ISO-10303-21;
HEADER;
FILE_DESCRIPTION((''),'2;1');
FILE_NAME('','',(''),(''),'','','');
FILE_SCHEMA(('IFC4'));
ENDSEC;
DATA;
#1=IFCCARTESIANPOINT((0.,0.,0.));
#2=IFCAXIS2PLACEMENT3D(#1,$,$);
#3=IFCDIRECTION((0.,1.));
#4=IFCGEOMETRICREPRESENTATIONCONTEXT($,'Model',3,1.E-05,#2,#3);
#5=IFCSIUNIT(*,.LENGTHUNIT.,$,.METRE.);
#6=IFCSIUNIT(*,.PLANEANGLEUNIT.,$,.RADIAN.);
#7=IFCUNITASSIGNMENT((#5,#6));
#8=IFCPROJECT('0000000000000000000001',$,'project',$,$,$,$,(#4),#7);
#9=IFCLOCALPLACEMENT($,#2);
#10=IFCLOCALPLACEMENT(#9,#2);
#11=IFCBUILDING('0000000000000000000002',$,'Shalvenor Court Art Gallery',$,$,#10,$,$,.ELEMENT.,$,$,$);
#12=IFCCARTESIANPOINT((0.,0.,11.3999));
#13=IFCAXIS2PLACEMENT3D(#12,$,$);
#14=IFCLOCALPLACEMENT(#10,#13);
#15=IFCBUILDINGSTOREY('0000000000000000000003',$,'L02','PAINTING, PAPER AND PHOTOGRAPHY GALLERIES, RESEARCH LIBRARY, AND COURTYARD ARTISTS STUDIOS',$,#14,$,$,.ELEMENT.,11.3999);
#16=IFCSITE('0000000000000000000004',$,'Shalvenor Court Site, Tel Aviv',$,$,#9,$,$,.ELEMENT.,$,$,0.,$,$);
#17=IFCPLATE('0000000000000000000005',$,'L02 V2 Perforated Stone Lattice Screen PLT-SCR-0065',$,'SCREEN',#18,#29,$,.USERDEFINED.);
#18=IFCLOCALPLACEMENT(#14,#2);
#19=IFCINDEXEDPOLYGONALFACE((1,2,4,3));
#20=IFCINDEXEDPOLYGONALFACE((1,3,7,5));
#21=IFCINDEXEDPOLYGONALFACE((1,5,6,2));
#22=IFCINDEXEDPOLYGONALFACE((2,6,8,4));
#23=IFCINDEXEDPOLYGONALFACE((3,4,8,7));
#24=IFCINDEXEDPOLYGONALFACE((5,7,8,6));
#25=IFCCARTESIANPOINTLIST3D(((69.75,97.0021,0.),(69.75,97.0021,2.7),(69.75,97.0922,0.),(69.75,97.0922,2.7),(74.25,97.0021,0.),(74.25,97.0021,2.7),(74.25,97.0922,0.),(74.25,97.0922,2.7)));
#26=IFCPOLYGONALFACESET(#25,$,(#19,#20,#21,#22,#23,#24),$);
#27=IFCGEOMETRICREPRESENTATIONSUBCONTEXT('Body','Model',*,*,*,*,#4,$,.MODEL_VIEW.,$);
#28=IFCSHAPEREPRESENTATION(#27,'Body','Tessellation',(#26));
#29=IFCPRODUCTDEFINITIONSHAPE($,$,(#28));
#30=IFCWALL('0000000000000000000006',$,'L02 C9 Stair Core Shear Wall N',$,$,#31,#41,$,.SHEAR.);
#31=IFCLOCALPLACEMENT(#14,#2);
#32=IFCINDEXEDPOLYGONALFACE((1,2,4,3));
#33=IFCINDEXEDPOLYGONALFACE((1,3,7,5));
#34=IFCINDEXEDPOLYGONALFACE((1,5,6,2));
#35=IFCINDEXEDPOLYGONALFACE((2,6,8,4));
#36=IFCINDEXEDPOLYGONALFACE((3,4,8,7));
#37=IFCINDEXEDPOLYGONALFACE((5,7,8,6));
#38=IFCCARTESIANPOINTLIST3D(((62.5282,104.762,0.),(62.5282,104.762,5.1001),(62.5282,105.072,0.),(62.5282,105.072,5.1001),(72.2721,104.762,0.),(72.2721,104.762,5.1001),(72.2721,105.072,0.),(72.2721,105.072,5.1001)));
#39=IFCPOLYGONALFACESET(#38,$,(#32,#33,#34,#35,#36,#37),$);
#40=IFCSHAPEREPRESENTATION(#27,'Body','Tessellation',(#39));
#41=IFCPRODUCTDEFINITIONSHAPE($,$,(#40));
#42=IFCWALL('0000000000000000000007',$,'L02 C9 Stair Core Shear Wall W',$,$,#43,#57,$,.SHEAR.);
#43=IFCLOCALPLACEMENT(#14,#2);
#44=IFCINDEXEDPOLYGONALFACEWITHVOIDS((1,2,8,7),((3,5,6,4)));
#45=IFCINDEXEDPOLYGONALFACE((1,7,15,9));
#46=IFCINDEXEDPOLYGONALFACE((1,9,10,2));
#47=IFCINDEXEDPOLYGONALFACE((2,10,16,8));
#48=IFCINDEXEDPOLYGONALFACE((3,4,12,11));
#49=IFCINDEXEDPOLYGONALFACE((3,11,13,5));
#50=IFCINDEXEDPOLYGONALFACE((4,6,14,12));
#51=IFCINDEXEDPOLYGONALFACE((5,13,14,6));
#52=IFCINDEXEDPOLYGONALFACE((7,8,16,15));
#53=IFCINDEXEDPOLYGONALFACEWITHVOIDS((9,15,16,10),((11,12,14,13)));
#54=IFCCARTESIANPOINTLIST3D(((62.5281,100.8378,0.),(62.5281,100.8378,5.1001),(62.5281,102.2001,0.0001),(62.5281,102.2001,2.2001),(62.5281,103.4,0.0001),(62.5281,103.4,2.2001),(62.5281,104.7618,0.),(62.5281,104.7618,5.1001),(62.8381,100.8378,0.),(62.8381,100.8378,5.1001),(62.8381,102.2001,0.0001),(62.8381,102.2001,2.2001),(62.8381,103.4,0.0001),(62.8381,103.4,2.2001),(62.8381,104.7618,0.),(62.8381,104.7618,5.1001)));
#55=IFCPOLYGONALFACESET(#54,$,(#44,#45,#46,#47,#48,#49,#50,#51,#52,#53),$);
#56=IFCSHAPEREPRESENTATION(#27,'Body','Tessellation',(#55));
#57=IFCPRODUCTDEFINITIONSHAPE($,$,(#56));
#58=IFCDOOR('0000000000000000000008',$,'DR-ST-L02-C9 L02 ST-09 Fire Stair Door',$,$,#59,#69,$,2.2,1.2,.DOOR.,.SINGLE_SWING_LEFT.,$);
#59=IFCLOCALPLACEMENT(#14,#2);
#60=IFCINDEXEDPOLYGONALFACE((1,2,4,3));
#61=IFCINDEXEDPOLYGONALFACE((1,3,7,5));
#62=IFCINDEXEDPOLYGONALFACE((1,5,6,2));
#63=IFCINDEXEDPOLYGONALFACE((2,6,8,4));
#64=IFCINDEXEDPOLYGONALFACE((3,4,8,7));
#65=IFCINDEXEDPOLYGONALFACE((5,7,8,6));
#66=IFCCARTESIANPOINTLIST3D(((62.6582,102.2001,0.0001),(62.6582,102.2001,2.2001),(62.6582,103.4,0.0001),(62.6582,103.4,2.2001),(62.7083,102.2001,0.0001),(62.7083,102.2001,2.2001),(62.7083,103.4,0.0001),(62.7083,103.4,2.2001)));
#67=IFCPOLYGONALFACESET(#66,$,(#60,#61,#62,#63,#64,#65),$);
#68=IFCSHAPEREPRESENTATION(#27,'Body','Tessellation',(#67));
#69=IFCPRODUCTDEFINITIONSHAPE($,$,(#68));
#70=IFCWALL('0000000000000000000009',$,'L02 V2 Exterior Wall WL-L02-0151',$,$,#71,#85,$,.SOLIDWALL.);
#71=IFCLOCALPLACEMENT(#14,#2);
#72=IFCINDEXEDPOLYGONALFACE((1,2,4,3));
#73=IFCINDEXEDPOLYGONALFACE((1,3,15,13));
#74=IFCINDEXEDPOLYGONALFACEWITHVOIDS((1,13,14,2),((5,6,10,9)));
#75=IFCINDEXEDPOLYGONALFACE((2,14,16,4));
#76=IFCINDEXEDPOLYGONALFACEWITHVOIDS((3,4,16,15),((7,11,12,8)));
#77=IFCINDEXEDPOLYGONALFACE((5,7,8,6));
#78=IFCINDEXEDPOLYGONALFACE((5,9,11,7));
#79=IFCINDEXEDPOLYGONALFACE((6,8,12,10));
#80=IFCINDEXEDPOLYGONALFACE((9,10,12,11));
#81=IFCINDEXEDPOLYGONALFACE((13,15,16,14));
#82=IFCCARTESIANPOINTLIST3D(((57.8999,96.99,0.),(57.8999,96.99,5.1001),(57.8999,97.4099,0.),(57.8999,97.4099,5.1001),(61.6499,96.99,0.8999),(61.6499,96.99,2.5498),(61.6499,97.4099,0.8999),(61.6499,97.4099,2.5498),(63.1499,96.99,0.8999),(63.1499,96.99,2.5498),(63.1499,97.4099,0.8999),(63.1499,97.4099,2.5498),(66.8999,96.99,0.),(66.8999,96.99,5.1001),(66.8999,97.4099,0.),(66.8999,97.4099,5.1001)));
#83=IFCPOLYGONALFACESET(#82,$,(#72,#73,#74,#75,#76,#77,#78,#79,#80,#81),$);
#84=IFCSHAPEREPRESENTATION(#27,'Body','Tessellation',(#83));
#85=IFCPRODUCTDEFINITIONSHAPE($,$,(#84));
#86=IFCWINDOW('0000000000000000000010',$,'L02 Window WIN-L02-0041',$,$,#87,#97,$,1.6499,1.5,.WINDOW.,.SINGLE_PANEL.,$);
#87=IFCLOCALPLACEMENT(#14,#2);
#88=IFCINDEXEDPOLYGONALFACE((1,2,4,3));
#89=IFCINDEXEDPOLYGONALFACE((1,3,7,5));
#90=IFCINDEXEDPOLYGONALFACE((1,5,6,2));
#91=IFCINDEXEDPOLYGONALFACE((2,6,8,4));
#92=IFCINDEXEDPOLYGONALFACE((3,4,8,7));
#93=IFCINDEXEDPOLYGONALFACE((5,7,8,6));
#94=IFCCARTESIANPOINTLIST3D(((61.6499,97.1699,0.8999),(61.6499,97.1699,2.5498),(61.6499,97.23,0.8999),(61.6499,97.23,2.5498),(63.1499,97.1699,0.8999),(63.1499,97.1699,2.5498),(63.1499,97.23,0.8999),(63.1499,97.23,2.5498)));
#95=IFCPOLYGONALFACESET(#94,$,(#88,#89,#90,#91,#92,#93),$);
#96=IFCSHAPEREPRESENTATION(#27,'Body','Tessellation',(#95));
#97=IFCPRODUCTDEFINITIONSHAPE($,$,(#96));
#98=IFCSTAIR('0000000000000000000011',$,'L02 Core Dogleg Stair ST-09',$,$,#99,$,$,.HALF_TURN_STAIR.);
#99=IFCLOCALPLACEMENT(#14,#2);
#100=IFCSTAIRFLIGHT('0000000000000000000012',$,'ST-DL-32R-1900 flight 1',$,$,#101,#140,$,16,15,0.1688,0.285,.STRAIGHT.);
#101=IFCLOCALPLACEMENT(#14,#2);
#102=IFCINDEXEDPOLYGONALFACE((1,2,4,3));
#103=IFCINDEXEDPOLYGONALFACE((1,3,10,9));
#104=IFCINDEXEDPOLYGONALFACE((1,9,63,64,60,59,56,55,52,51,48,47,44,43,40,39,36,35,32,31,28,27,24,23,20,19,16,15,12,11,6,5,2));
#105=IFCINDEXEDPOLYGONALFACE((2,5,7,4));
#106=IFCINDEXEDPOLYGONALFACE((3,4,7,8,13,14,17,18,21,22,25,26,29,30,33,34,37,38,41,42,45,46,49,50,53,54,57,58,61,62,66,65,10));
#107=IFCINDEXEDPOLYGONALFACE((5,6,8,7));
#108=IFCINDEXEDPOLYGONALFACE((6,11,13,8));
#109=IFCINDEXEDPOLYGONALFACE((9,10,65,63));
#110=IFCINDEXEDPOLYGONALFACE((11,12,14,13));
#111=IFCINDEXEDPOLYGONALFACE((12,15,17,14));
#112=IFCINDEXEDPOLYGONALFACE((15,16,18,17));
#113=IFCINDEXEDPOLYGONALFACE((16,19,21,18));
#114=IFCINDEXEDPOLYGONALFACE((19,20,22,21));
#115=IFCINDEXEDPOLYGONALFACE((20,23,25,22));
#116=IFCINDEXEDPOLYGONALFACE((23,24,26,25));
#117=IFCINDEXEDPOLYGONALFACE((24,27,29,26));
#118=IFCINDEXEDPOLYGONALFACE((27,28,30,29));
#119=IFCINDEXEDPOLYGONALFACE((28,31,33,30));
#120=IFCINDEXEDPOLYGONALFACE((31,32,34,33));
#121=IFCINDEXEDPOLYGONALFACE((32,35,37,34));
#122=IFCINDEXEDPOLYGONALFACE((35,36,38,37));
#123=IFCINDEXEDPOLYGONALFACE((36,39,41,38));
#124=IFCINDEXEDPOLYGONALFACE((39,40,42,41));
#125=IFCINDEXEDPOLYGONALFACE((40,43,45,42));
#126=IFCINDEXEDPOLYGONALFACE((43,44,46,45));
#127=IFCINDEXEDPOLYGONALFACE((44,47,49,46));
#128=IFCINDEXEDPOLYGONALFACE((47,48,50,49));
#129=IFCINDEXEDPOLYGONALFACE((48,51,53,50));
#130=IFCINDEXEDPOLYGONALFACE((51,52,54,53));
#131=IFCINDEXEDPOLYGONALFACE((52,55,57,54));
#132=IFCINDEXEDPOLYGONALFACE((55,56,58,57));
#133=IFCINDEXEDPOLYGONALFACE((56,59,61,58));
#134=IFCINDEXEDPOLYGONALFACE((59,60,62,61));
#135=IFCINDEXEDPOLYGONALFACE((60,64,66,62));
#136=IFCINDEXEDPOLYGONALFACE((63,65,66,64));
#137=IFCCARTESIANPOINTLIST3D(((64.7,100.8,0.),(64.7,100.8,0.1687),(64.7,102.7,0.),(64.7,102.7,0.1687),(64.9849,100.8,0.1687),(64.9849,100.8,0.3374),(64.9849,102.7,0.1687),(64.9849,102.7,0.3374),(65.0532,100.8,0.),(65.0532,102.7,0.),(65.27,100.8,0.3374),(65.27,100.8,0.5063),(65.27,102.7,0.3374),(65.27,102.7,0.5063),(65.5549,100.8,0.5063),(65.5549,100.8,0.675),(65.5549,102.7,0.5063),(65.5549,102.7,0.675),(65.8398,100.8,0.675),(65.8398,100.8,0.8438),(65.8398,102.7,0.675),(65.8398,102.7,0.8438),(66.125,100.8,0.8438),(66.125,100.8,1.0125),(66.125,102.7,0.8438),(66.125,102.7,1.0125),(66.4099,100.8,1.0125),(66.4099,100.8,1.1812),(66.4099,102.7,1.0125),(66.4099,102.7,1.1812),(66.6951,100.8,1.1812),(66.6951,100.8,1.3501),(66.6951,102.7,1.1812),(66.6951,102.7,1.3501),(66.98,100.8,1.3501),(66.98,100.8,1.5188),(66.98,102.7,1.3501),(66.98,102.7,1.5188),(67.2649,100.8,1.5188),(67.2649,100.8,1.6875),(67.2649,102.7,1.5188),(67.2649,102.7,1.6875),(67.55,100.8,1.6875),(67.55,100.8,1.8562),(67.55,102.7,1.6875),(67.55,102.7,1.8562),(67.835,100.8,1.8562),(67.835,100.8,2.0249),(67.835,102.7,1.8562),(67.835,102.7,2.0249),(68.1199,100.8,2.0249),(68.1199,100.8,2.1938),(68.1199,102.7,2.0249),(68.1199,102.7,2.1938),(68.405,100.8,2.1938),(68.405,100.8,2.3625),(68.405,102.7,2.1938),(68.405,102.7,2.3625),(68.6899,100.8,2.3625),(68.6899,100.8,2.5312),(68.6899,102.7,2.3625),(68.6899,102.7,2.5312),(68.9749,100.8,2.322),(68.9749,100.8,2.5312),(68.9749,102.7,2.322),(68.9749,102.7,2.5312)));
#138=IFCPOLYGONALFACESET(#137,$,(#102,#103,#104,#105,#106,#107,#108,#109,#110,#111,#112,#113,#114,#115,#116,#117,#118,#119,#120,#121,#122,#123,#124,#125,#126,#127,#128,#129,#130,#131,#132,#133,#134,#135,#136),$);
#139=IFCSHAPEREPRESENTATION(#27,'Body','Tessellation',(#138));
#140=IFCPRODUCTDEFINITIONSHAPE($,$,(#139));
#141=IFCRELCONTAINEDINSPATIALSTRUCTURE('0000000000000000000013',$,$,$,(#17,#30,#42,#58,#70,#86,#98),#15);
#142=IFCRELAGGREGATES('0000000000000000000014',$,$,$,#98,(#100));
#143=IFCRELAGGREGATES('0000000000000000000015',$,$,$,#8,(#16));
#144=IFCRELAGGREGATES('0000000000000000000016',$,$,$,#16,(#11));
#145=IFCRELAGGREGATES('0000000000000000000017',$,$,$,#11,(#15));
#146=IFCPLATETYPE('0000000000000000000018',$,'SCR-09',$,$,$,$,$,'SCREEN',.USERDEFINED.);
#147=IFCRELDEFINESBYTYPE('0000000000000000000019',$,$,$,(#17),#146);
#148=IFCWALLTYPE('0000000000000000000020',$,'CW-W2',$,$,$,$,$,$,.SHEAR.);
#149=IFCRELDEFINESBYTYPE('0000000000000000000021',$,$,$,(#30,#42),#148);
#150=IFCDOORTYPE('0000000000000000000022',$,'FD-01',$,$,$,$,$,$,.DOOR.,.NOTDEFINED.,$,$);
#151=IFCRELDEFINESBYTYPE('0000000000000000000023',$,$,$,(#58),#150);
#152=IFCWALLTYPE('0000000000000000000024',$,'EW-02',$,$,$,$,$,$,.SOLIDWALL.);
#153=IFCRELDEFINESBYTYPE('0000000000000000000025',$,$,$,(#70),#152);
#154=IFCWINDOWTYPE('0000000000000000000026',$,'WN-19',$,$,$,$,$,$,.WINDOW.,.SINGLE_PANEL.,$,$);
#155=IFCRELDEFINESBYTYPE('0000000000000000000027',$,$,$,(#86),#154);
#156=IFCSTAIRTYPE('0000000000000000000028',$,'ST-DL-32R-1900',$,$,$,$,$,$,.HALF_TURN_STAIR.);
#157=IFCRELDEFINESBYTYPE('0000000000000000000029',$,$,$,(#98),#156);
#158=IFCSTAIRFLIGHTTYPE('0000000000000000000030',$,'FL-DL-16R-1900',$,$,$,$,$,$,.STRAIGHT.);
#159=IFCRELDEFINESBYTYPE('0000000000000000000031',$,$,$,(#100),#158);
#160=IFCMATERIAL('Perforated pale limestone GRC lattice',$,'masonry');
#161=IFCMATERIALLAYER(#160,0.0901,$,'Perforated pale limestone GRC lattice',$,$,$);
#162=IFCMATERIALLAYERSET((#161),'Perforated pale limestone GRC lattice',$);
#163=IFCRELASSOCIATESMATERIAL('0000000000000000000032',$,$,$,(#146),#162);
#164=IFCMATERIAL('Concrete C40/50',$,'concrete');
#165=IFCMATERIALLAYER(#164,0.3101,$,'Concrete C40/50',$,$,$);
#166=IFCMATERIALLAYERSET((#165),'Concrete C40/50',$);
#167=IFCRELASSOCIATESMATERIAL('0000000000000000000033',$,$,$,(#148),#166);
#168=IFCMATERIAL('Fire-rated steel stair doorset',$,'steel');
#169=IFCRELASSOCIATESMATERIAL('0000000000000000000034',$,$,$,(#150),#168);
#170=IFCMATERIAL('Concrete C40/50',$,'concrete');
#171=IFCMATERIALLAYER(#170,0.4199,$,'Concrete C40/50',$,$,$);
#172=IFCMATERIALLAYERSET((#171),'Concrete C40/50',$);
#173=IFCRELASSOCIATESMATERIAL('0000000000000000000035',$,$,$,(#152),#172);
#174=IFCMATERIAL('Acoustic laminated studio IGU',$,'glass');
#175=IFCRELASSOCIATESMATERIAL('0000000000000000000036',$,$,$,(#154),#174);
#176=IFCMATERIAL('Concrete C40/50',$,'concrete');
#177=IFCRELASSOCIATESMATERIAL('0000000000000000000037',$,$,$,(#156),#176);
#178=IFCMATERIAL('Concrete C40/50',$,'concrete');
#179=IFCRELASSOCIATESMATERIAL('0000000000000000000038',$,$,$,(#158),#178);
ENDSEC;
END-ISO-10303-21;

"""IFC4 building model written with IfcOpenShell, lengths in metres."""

from ifc_helpers import new_model, si_unit, direction, frame, frame_2d, origin, origin_2d, place, context, subcontext, project, spatial, polyline, rectangle, outline, extrude, material, layer, layer_set, type_object, element, fill, aggregate, save


model = new_model("IFC4")

# Units and contexts
model_context = context("Model", 3, precision=1e-05, world=origin(), true_north=direction((0.0, 1.0)))
body_context = subcontext(model_context, "Body", "Model", "MODEL_VIEW")
ifc_project = project(units=[si_unit("LENGTHUNIT", "METRE"), si_unit("PLANEANGLEUNIT", "RADIAN")], contexts=[model_context])

# Site, building, storey
site_placement = place(None, origin())
site = spatial("IfcSite", under=ifc_project, at=site_placement, Name="Shalvenor Court Site, Tel Aviv", CompositionType="ELEMENT", RefElevation=0.0)
building_placement = place(site_placement, origin())
building = spatial("IfcBuilding", under=site, at=building_placement, Name="Shalvenor Court Art Gallery", CompositionType="ELEMENT")
storey_placement = place(building_placement, frame((0.0, 0.0, 11.3999)))
storey = spatial("IfcBuildingStorey", under=building, at=storey_placement, Name="L02", Description="PAINTING, PAPER AND PHOTOGRAPHY GALLERIES, RESEARCH LIBRARY, AND COURTYARD ARTISTS STUDIOS", CompositionType="ELEMENT", Elevation=11.3999)

# Plate
ifc_material_1 = material(Name="Perforated pale limestone GRC lattice", Category="masonry")
ifc_layer_1 = layer(ifc_material_1, 0.0901, Name="Perforated pale limestone GRC lattice")
ifc_layer_set_1 = layer_set([ifc_layer_1], Name="Perforated pale limestone GRC lattice")
plate_type_1 = type_object("IfcPlateType", Name="SCR-09", ElementType="SCREEN", PredefinedType="USERDEFINED", material=ifc_layer_set_1)
plate_1_placement = place(storey_placement, frame((72.0, 97.0471, 0.0), z_axis=(0.0, 0.0, 1.0), x_axis=(-1.0, 0.0, 0.0)))
element("IfcPlate", 1, at=plate_1_placement, inside=storey, type_object=plate_type_1, Name="L02 V2 Perforated Stone Lattice Screen PLT-SCR-0065", ObjectType="SCREEN", PredefinedType="USERDEFINED", context=body_context, shape_type="SweptSolid", body=[
    extrude(rectangle(XDim=4.5, YDim=0.0901, at=origin_2d()), origin(), (0.0, 0.0, 1.0), 2.7),
])

# Wall
ifc_material_2 = material(Name="Concrete C40/50", Category="concrete")
ifc_layer_2 = layer(ifc_material_2, 0.3101, Name="Concrete C40/50")
ifc_layer_set_2 = layer_set([ifc_layer_2], Name="Concrete C40/50")
wall_type_1 = type_object("IfcWallType", Name="CW-W2", PredefinedType="SHEAR", material=ifc_layer_set_2)
wall_1_placement = place(storey_placement, frame((62.5281, 104.917, 0.0), z_axis=(0.0, 0.0, 1.0), x_axis=(1.0, 0.0, 0.0)))
element("IfcWall", 2, at=wall_1_placement, inside=storey, type_object=wall_type_1, Name="L02 C9 Stair Core Shear Wall N", PredefinedType="SHEAR", context=body_context, shape_type="SweptSolid", body=[
    extrude(rectangle(XDim=9.7439, YDim=0.3101, at=frame_2d((4.8721, 0.0))), origin(), (0.0, 0.0, 1.0), 5.1001),
])

# Wall, opening, door
wall_2_placement = place(storey_placement, frame((62.6831, 100.8379, 0.0), z_axis=(0.0, 0.0, 1.0), x_axis=(0.0, 1.0, 0.0)))
wall_2 = element("IfcWall", 3, at=wall_2_placement, inside=storey, type_object=wall_type_1, Name="L02 C9 Stair Core Shear Wall W", PredefinedType="SHEAR", context=body_context, shape_type="SweptSolid", body=[
    extrude(rectangle(XDim=3.9241, YDim=0.3101, at=frame_2d((1.9619, 0.0))), origin(), (0.0, 0.0, 1.0), 5.1001),
])
opening_1_placement = place(wall_2_placement, frame((1.3621, 0.0, 0.0)))
opening_1 = element("IfcOpeningElement", 4, at=opening_1_placement, cuts=wall_2, PredefinedType="OPENING", context=body_context, shape_type="SweptSolid", body=[
    extrude(rectangle(XDim=1.2, YDim=2.2, at=frame_2d((0.6001, 1.1001))), frame((0.0, 0.165, 0.0), z_axis=(0.0, -1.0, 0.0), x_axis=(1.0, 0.0, 0.0)), (0.0, 0.0, 1.0), 0.3301),
])
ifc_material_3 = material(Name="Fire-rated steel stair doorset", Category="steel")
door_type = type_object("IfcDoorType", Name="FD-01", OperationType="NOTDEFINED", PredefinedType="DOOR", material=ifc_material_3)
door_placement = place(opening_1_placement, origin())
door = element("IfcDoor", 5, at=door_placement, inside=storey, type_object=door_type, Name="DR-ST-L02-C9 L02 ST-09 Fire Stair Door", OperationType="SINGLE_SWING_LEFT", OverallHeight=2.2, OverallWidth=1.2, PredefinedType="DOOR", context=body_context, shape_type="SweptSolid", body=[
    extrude(rectangle(XDim=1.2, YDim=2.2, at=frame_2d((0.6001, 1.1001))), frame((0.0, 0.0249, 0.0), z_axis=(0.0, -1.0, 0.0), x_axis=(1.0, 0.0, 0.0)), (0.0, 0.0, 1.0), 0.05),
])
fill(opening_1, door)

# Wall, opening, window
ifc_material_4 = material(Name="Concrete C40/50", Category="concrete")
ifc_layer_3 = layer(ifc_material_4, 0.4199, Name="Concrete C40/50")
ifc_layer_set_3 = layer_set([ifc_layer_3], Name="Concrete C40/50")
wall_type_2 = type_object("IfcWallType", Name="EW-02", PredefinedType="SOLIDWALL", material=ifc_layer_set_3)
wall_3_placement = place(storey_placement, frame((66.8999, 97.2, 0.0), z_axis=(0.0, 0.0, 1.0), x_axis=(-1.0, 0.0, 0.0)))
wall_3 = element("IfcWall", 6, at=wall_3_placement, inside=storey, type_object=wall_type_2, Name="L02 V2 Exterior Wall WL-L02-0151", PredefinedType="SOLIDWALL", context=body_context, shape_type="SweptSolid", body=[
    extrude(rectangle(XDim=9.0, YDim=0.4199, at=frame_2d((4.5, 0.0))), origin(), (0.0, 0.0, 1.0), 5.1001),
])
opening_2_placement = place(wall_3_placement, frame((3.75, 0.0, 0.8999)))
opening_2 = element("IfcOpeningElement", 7, at=opening_2_placement, cuts=wall_3, PredefinedType="OPENING", context=body_context, shape_type="SweptSolid", body=[
    extrude(rectangle(XDim=1.5, YDim=1.6499, at=frame_2d((0.75, 0.825))), frame((0.0, 0.22, 0.0), z_axis=(0.0, -1.0, 0.0), x_axis=(1.0, 0.0, 0.0)), (0.0, 0.0, 1.0), 0.4399),
])
ifc_material_5 = material(Name="Acoustic laminated studio IGU", Category="glass")
window_type = type_object("IfcWindowType", Name="WN-19", PartitioningType="SINGLE_PANEL", PredefinedType="WINDOW", material=ifc_material_5)
window_placement = place(opening_2_placement, origin())
window = element("IfcWindow", 8, at=window_placement, inside=storey, type_object=window_type, Name="L02 Window WIN-L02-0041", OverallHeight=1.6499, OverallWidth=1.5, PartitioningType="SINGLE_PANEL", PredefinedType="WINDOW", context=body_context, shape_type="SweptSolid", body=[
    extrude(rectangle(XDim=1.5, YDim=1.6499, at=frame_2d((0.75, 0.825))), frame((0.0, 0.03, 0.0), z_axis=(0.0, -1.0, 0.0), x_axis=(1.0, 0.0, 0.0)), (0.0, 0.0, 1.0), 0.0601),
])
fill(opening_2, window)

# Stair, stair flight
ifc_material_6 = material(Name="Concrete C40/50", Category="concrete")
stair_type = type_object("IfcStairType", Name="ST-DL-32R-1900", PredefinedType="HALF_TURN_STAIR", material=ifc_material_6)
stair_placement = place(storey_placement, origin())
stair = element("IfcStair", 9, at=stair_placement, inside=storey, type_object=stair_type, Name="L02 Core Dogleg Stair ST-09", PredefinedType="HALF_TURN_STAIR")
ifc_material_7 = material(Name="Concrete C40/50", Category="concrete")
stair_flight_type = type_object("IfcStairFlightType", Name="FL-DL-16R-1900", PredefinedType="STRAIGHT", material=ifc_material_7)
stair_flight_1_placement = place(storey_placement, frame((64.7, 101.75, 0.0), z_axis=(0.0, 0.0, 1.0), x_axis=(1.0, 0.0, 0.0)))
stair_flight_1 = element("IfcStairFlight", 10, at=stair_flight_1_placement, type_object=stair_flight_type, Name="ST-DL-32R-1900 flight 1", NumberOfRisers=16, NumberOfTreads=15, PredefinedType="STRAIGHT", RiserHeight=0.1688, TreadLength=0.285, context=body_context, shape_type="SweptSolid", body=[
    extrude(outline(polyline([(0.0, 0.0), (0.0, 0.1687), (0.2849, 0.1687), (0.2849, 0.3374), (0.5701, 0.3374), (0.5701, 0.5063), (0.855, 0.5063), (0.855, 0.675), (1.1399, 0.675), (1.1399, 0.8438), (1.425, 0.8438), (1.425, 1.0125), (1.71, 1.0125), (1.71, 1.1812), (1.9951, 1.1812), (1.9951, 1.3501), (2.28, 1.3501), (2.28, 1.5188), (2.5649, 1.5188), (2.5649, 1.6875), (2.8501, 1.6875), (2.8501, 1.8562), (3.135, 1.8562), (3.135, 2.0249), (3.4199, 2.0249), (3.4199, 2.1938), (3.7051, 2.1938), (3.7051, 2.3625), (3.99, 2.3625), (3.99, 2.5312), (4.2749, 2.5312), (4.2749, 2.7), (4.2749, 2.322), (0.3533, 0.0), (0.0, 0.0)])), frame((0.0, 0.95, 0.0), z_axis=(0.0, -1.0, 0.0), x_axis=(1.0, 0.0, 0.0)), (0.0, 0.0, 1.0), 1.8999),
])
aggregate(stair, [stair_flight_1])

save(model, "model.ifc")
